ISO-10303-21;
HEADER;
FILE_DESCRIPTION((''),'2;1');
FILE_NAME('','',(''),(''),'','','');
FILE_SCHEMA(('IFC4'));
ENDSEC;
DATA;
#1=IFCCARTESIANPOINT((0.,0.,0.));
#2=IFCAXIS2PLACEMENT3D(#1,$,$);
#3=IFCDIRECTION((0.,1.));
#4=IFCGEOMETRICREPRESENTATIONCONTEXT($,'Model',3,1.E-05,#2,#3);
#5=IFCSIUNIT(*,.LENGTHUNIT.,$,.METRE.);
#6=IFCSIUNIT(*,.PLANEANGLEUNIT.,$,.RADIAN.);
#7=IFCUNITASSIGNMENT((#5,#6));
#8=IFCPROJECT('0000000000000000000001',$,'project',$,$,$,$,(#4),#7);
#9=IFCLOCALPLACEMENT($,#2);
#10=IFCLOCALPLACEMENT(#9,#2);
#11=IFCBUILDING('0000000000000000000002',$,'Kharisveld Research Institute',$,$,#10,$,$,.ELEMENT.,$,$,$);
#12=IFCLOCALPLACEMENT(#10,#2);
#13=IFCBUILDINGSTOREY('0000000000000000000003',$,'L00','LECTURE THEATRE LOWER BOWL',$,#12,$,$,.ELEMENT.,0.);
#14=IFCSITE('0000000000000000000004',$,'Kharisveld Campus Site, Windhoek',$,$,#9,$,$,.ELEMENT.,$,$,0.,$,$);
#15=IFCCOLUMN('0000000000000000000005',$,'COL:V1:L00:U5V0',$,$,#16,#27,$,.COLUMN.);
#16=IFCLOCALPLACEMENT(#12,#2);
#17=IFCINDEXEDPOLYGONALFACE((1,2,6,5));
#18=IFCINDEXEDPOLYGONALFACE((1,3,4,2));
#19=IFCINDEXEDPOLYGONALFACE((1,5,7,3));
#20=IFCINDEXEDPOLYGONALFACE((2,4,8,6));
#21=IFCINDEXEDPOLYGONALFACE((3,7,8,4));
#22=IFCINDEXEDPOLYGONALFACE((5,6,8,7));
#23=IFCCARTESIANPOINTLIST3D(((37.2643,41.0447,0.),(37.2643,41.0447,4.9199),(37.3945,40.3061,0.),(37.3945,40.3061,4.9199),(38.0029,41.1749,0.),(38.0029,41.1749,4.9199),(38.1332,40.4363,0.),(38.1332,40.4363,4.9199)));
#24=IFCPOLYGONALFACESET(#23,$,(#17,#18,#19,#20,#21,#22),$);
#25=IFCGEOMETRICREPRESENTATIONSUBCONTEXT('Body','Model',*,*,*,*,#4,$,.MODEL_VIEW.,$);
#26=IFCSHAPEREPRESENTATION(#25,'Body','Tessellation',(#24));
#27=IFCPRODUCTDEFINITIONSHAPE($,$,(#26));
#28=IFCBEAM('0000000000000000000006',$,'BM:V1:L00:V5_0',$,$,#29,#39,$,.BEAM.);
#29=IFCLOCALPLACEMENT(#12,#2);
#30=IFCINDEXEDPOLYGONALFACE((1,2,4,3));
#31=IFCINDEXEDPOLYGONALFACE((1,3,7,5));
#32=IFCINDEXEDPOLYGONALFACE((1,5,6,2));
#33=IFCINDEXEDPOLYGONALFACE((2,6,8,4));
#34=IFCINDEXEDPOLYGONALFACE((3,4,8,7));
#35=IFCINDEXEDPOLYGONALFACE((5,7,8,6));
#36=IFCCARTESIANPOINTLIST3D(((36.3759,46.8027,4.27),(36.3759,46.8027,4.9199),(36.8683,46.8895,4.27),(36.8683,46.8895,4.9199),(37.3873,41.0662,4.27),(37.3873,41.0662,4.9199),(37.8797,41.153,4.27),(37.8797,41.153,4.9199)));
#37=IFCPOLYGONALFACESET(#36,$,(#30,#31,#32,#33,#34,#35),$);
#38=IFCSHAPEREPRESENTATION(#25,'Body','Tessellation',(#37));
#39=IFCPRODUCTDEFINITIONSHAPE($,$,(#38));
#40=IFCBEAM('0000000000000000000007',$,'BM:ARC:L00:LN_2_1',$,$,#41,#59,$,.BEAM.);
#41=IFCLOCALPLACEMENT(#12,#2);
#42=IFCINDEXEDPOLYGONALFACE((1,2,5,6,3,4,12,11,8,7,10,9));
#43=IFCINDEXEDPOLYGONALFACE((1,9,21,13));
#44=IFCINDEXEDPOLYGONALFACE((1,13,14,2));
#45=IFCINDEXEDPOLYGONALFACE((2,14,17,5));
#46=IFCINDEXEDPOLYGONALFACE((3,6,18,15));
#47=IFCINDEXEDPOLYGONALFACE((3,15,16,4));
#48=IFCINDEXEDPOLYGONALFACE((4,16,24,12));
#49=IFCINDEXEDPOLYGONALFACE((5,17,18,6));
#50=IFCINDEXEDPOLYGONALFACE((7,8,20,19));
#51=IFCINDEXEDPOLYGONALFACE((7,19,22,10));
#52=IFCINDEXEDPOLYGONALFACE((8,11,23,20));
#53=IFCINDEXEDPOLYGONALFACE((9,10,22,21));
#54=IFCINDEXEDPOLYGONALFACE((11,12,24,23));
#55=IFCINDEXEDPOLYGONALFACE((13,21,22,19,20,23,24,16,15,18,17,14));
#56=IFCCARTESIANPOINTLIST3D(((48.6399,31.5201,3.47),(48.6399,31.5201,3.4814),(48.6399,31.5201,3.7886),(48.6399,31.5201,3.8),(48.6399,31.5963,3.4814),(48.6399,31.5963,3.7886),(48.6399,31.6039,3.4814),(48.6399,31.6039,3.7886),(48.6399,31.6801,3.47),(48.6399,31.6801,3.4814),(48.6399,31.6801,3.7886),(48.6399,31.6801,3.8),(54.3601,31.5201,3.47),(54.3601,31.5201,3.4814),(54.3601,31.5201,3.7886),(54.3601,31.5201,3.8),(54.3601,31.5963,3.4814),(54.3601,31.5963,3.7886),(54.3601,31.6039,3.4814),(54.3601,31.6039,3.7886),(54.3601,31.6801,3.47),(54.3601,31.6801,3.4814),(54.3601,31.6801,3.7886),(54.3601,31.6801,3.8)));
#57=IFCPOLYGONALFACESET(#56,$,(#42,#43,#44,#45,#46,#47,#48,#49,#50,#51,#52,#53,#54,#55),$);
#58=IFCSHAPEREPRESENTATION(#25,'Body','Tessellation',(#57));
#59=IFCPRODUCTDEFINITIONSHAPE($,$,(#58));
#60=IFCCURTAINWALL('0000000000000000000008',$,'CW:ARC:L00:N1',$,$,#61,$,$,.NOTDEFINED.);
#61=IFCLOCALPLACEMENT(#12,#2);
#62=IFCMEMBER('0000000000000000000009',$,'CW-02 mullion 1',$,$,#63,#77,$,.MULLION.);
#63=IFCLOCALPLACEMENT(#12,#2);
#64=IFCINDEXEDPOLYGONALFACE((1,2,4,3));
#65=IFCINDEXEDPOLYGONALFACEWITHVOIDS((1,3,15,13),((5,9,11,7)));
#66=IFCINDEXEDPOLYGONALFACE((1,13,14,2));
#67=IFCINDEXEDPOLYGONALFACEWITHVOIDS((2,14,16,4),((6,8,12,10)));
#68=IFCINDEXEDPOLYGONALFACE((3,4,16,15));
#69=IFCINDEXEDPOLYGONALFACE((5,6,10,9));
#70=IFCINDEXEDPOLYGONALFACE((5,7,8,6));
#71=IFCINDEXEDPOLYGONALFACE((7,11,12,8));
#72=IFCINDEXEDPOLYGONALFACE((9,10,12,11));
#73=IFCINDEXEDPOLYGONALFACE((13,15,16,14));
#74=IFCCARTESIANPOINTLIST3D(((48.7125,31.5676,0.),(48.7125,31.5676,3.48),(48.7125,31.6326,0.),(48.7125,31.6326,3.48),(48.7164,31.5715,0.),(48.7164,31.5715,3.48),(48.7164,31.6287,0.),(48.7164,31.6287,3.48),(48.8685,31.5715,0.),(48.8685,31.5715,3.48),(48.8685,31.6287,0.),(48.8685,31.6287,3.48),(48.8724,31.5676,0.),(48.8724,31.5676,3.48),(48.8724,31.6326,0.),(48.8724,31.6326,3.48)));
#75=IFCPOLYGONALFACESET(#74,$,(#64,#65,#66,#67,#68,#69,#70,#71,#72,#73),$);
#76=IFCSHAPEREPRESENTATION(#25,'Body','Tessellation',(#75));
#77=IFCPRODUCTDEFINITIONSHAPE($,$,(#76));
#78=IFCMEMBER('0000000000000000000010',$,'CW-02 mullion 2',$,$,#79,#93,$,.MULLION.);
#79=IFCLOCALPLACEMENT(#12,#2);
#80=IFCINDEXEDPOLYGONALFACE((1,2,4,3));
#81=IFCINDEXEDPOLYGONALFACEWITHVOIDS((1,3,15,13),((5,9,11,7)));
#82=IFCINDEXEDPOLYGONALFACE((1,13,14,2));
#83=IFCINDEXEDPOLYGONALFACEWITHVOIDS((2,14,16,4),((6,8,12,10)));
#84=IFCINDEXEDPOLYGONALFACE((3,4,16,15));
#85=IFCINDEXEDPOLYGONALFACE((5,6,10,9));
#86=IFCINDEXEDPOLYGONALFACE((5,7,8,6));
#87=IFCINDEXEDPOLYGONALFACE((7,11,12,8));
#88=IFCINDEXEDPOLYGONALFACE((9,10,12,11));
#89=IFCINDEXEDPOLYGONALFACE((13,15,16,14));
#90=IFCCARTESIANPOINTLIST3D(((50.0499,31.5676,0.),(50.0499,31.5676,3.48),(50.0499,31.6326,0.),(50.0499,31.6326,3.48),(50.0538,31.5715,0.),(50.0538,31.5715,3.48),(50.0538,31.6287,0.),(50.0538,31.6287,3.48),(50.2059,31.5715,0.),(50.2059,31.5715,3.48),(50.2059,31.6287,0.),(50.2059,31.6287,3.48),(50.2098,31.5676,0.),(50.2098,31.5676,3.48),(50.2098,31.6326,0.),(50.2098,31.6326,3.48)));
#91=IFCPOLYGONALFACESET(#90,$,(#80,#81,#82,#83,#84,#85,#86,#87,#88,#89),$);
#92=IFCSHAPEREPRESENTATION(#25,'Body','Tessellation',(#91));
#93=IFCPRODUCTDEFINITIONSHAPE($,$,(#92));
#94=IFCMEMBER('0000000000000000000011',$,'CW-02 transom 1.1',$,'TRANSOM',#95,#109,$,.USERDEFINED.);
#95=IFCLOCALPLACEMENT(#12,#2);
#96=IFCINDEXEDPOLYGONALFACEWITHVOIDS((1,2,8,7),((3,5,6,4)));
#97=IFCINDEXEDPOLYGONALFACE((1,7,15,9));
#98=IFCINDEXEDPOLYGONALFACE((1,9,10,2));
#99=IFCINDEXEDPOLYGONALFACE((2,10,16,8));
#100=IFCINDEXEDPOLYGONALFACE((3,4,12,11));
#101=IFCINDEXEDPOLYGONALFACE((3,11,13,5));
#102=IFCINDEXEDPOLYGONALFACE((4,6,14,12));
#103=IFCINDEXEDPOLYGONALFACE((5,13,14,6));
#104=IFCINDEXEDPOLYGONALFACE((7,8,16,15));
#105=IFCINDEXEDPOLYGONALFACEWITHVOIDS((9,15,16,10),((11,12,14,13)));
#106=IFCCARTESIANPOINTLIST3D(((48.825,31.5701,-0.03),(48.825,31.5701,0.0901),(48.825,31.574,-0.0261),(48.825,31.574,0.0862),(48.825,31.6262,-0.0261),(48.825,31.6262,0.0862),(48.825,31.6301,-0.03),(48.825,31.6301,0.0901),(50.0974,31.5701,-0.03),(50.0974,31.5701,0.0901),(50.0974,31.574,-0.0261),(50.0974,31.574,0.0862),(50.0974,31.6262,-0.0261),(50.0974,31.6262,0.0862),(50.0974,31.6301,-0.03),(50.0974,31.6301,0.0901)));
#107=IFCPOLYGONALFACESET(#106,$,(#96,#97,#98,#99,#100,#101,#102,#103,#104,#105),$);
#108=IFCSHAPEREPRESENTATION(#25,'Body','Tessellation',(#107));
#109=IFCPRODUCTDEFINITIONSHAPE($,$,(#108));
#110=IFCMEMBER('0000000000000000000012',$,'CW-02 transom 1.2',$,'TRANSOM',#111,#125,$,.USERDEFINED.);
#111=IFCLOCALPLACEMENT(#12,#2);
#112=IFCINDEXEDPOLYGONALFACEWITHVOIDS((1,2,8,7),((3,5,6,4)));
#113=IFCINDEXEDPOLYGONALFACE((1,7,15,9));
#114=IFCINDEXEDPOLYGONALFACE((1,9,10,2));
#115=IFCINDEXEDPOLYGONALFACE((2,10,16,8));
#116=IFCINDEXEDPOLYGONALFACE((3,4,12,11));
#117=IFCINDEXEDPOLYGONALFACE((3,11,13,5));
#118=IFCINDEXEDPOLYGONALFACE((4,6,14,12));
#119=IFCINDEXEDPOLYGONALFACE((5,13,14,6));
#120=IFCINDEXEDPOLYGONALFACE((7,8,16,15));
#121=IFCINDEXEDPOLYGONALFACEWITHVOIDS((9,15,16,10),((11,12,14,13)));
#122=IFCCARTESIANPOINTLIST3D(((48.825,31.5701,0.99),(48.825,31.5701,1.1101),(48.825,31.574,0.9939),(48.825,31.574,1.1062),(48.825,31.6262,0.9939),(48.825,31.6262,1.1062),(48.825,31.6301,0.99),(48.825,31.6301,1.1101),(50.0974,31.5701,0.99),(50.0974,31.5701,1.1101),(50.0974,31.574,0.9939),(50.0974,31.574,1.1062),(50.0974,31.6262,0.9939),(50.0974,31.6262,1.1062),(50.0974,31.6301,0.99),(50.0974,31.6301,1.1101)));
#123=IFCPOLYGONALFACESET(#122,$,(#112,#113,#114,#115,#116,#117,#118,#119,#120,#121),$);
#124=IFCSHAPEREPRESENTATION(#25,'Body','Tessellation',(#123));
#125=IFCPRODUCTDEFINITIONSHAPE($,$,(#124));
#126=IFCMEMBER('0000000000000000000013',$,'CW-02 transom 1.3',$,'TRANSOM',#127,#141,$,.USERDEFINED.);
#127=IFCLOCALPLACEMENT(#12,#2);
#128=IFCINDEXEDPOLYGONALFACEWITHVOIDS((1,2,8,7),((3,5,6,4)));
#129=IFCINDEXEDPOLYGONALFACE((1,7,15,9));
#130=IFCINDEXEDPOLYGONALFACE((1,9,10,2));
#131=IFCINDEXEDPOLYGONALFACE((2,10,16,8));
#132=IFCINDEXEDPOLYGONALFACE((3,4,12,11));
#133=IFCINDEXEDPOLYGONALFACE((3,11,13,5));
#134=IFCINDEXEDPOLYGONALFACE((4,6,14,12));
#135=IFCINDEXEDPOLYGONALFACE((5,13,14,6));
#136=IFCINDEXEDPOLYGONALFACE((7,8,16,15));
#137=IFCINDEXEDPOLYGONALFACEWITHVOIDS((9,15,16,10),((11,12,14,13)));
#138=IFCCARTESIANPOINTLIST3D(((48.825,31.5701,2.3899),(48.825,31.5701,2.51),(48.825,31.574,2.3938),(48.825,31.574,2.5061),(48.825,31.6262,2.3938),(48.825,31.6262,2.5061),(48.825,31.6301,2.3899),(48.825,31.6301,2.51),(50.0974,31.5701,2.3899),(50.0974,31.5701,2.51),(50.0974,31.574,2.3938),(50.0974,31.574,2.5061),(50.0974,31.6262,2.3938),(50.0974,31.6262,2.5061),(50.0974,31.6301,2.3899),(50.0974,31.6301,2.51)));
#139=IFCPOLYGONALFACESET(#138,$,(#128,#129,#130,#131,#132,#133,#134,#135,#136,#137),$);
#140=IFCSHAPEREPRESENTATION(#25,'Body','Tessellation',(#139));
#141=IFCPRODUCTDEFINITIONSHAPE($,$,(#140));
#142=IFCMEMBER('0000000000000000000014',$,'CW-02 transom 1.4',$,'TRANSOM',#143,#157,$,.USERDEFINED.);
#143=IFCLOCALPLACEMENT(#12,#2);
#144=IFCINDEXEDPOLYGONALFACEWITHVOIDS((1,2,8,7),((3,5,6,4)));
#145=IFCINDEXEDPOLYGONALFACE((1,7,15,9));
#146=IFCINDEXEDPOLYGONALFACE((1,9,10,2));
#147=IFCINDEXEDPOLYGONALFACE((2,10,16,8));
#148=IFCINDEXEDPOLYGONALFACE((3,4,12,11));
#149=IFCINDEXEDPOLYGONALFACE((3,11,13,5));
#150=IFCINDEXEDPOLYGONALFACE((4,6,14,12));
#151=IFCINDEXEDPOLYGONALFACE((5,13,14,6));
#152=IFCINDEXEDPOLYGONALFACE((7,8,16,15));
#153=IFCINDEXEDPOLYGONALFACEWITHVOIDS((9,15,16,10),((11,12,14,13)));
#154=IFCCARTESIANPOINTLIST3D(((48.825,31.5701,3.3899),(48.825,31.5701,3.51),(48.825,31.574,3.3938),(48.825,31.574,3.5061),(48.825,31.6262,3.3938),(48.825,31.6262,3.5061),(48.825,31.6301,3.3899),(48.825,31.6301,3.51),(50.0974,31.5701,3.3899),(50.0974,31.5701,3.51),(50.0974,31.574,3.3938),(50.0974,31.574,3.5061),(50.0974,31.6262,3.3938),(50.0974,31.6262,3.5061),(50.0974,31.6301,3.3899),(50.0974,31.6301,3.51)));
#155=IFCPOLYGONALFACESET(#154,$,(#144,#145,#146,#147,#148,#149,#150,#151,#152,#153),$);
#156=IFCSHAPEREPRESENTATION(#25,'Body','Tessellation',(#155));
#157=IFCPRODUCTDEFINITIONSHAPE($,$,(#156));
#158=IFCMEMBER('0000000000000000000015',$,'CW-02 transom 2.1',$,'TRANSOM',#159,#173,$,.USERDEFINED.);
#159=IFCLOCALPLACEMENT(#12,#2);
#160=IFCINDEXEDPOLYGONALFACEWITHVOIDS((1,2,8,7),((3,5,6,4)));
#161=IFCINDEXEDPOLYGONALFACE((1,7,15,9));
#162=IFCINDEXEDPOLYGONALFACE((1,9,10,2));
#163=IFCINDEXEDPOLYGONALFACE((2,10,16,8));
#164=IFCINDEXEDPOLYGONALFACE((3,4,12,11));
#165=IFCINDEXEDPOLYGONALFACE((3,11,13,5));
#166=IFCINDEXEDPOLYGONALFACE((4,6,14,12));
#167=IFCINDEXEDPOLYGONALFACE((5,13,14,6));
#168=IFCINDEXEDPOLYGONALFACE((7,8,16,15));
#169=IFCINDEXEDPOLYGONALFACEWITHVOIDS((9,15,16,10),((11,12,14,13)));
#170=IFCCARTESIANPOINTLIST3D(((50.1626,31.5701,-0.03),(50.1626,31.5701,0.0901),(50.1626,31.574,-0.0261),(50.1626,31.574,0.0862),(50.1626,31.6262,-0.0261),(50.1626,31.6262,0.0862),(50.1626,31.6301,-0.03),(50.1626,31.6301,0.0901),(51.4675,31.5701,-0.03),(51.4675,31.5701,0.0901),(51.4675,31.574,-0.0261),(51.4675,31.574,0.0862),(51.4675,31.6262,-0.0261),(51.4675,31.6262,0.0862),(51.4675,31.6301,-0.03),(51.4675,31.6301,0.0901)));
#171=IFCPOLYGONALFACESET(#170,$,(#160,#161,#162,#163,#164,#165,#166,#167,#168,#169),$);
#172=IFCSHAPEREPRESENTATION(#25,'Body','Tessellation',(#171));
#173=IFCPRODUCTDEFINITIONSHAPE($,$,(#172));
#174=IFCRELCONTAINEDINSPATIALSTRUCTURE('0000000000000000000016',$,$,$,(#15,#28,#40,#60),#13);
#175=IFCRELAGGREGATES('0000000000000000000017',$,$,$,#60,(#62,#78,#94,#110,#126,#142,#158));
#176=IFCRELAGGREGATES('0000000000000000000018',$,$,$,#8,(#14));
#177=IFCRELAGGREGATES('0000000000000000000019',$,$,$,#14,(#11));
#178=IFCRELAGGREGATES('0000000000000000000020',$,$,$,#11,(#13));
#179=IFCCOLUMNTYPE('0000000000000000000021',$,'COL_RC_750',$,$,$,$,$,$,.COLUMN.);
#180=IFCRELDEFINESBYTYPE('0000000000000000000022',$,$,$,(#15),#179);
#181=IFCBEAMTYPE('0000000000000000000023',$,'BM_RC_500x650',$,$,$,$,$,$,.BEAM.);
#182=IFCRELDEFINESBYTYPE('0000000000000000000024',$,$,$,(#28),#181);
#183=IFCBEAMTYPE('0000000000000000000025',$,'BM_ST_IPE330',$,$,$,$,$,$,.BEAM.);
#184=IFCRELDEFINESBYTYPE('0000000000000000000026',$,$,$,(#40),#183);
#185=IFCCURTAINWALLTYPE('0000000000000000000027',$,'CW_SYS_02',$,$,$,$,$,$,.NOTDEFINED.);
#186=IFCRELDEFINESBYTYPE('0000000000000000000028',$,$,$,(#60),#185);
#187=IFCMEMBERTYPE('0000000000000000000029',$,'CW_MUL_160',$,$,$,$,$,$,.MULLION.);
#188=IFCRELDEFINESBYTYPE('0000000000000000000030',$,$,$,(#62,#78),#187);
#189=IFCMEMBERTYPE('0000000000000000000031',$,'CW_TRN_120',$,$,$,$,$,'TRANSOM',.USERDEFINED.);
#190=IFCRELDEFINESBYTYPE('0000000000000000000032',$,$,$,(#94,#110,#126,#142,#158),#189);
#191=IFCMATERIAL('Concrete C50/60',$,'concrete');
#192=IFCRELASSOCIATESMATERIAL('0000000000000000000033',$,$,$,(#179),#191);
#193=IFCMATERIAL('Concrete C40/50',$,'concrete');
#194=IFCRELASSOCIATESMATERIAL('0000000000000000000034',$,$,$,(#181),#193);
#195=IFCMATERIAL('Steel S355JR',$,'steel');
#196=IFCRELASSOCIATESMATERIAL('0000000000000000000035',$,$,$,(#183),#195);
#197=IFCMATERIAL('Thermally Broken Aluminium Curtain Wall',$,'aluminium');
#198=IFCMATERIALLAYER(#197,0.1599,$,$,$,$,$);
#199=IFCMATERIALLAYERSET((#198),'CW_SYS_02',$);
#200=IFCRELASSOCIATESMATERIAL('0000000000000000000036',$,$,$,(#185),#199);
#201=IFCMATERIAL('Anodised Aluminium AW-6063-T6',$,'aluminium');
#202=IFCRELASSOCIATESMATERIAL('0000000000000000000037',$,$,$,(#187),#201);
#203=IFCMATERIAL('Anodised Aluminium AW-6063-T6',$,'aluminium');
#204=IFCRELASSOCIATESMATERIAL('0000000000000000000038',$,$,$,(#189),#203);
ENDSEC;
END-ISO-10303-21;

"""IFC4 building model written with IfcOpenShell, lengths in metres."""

from ifc_helpers import new_model, si_unit, direction, frame, origin, origin_2d, place, context, subcontext, project, spatial, rectangle, hollow_rectangle, i_section, extrude, material, layer, layer_set, material_profile, profile_set, type_object, element, aggregate, save


model = new_model("IFC4")

# Units and contexts
model_context = context("Model", 3, precision=1e-05, world=origin(), true_north=direction((0.0, 1.0)))
body_context = subcontext(model_context, "Body", "Model", "MODEL_VIEW")
ifc_project = project(units=[si_unit("LENGTHUNIT", "METRE"), si_unit("PLANEANGLEUNIT", "RADIAN")], contexts=[model_context])

# Site, building, storey
site_placement = place(None, origin())
site = spatial("IfcSite", under=ifc_project, at=site_placement, Name="Kharisveld Campus Site, Windhoek", CompositionType="ELEMENT", RefElevation=0.0)
building_placement = place(site_placement, origin())
building = spatial("IfcBuilding", under=site, at=building_placement, Name="Kharisveld Research Institute", CompositionType="ELEMENT")
storey_placement = place(building_placement, origin())
storey = spatial("IfcBuildingStorey", under=building, at=storey_placement, Name="L00", Description="LECTURE THEATRE LOWER BOWL", CompositionType="ELEMENT", Elevation=0.0)

# Column
ifc_material_1 = material(Name="Concrete C50/60", Category="concrete")
ifc_material_profile_1 = material_profile(ifc_material_1, rectangle(XDim=0.75, YDim=0.75, at=origin_2d()))
ifc_profile_set_1 = profile_set([ifc_material_profile_1], Name="Concrete C50/60")
column_type = type_object("IfcColumnType", Name="COL_RC_750", PredefinedType="COLUMN", material=ifc_profile_set_1)
column_placement = place(storey_placement, frame((37.6987, 40.7405, 0.0), z_axis=(0.0, 0.0, 1.0), x_axis=(0.984808, 0.173648, 0.0)))
element("IfcColumn", 1, at=column_placement, inside=storey, type_object=column_type, Name="COL:V1:L00:U5V0", PredefinedType="COLUMN", context=body_context, shape_type="SweptSolid", body=[
    extrude(rectangle(XDim=0.75, YDim=0.75, at=origin_2d()), origin(), (0.0, 0.0, 1.0), 4.9199),
])

# Beams
ifc_material_2 = material(Name="Concrete C40/50", Category="concrete")
ifc_material_profile_2 = material_profile(ifc_material_2, rectangle(XDim=0.5, YDim=0.6499, at=origin_2d()))
ifc_profile_set_2 = profile_set([ifc_material_profile_2], Name="Concrete C40/50")
beam_type_1 = type_object("IfcBeamType", Name="BM_RC_500x650", PredefinedType="BEAM", material=ifc_profile_set_2)
beam_1_placement = place(storey_placement, frame((37.6335, 41.1096, 4.595), z_axis=(-0.173642, 0.984809, 0.0), x_axis=(-0.984809, -0.173642, 0.0)))
element("IfcBeam", 2, at=beam_1_placement, inside=storey, type_object=beam_type_1, Name="BM:V1:L00:V5_0", PredefinedType="BEAM", context=body_context, shape_type="SweptSolid", body=[
    extrude(rectangle(XDim=0.5, YDim=0.6499, at=origin_2d()), origin(), (0.0, 0.0, 1.0), 5.825),
])
ifc_material_3 = material(Name="Steel S355JR", Category="steel")
ifc_material_profile_3 = material_profile(ifc_material_3, i_section(OverallWidth=0.1599, OverallDepth=0.3301, WebThickness=0.0076, FlangeThickness=0.0115, at=origin_2d()))
ifc_profile_set_3 = profile_set([ifc_material_profile_3], Name="Steel S355JR")
beam_type_2 = type_object("IfcBeamType", Name="BM_ST_IPE330", PredefinedType="BEAM", material=ifc_profile_set_3)
beam_2_placement = place(storey_placement, frame((48.6399, 31.6001, 3.635), z_axis=(1.0, 0.0, 0.0), x_axis=(0.0, 1.0, 0.0)))
element("IfcBeam", 3, at=beam_2_placement, inside=storey, type_object=beam_type_2, Name="BM:ARC:L00:LN_2_1", PredefinedType="BEAM", context=body_context, shape_type="SweptSolid", body=[
    extrude(i_section(OverallWidth=0.1599, OverallDepth=0.3301, WebThickness=0.0076, FlangeThickness=0.0115, at=origin_2d()), origin(), (0.0, 0.0, 1.0), 5.7202),
])

# Curtain wall, members
ifc_material_4 = material(Name="Thermally Broken Aluminium Curtain Wall", Category="aluminium")
ifc_layer_1 = layer(ifc_material_4, 0.1599)
ifc_layer_set_1 = layer_set([ifc_layer_1], Name="CW_SYS_02")
curtain_wall_type = type_object("IfcCurtainWallType", Name="CW_SYS_02", PredefinedType="NOTDEFINED", material=ifc_layer_set_1)
curtain_wall_placement = place(storey_placement, origin())
curtain_wall = element("IfcCurtainWall", 4, at=curtain_wall_placement, inside=storey, type_object=curtain_wall_type, Name="CW:ARC:L00:N1", PredefinedType="NOTDEFINED")
ifc_material_5 = material(Name="Anodised Aluminium AW-6063-T6", Category="aluminium")
ifc_material_profile_4 = material_profile(ifc_material_5, hollow_rectangle(XDim=0.0649, YDim=0.1599, WallThickness=0.0039, at=origin_2d()))
ifc_profile_set_4 = profile_set([ifc_material_profile_4], Name="Anodised Aluminium AW-6063-T6")
member_type_1 = type_object("IfcMemberType", Name="CW_MUL_160", PredefinedType="MULLION", material=ifc_profile_set_4)
member_1_placement = place(storey_placement, frame((48.7925, 31.6001, 0.0), z_axis=(0.0, 0.0, 1.0), x_axis=(0.0, 1.0, 0.0)))
member_1 = element("IfcMember", 5, at=member_1_placement, type_object=member_type_1, Name="CW-02 mullion 1", PredefinedType="MULLION", context=body_context, shape_type="SweptSolid", body=[
    extrude(hollow_rectangle(XDim=0.0649, YDim=0.1599, WallThickness=0.0039, at=origin_2d()), origin(), (0.0, 0.0, 1.0), 3.48),
])
member_2_placement = place(storey_placement, frame((50.1299, 31.6001, 0.0), z_axis=(0.0, 0.0, 1.0), x_axis=(0.0, 1.0, 0.0)))
member_2 = element("IfcMember", 6, at=member_2_placement, type_object=member_type_1, Name="CW-02 mullion 2", PredefinedType="MULLION", context=body_context, shape_type="SweptSolid", body=[
    extrude(hollow_rectangle(XDim=0.0649, YDim=0.1599, WallThickness=0.0039, at=origin_2d()), origin(), (0.0, 0.0, 1.0), 3.48),
])
ifc_material_6 = material(Name="Anodised Aluminium AW-6063-T6", Category="aluminium")
ifc_material_profile_5 = material_profile(ifc_material_6, hollow_rectangle(XDim=0.0601, YDim=0.1201, WallThickness=0.0039, at=origin_2d()))
ifc_profile_set_5 = profile_set([ifc_material_profile_5], Name="Anodised Aluminium AW-6063-T6")
member_type_2 = type_object("IfcMemberType", Name="CW_TRN_120", ElementType="TRANSOM", PredefinedType="USERDEFINED", material=ifc_profile_set_5)
member_3_placement = place(storey_placement, frame((48.825, 31.6001, 0.03), z_axis=(1.0, 0.0, 0.0), x_axis=(0.0, 1.0, 0.0)))
member_3 = element("IfcMember", 7, at=member_3_placement, type_object=member_type_2, Name="CW-02 transom 1.1", ObjectType="TRANSOM", PredefinedType="USERDEFINED", context=body_context, shape_type="SweptSolid", body=[
    extrude(hollow_rectangle(XDim=0.0601, YDim=0.1201, WallThickness=0.0039, at=origin_2d()), origin(), (0.0, 0.0, 1.0), 1.2725),
])
member_4_placement = place(storey_placement, frame((48.825, 31.6001, 1.05), z_axis=(1.0, 0.0, 0.0), x_axis=(0.0, 1.0, 0.0)))
member_4 = element("IfcMember", 8, at=member_4_placement, type_object=member_type_2, Name="CW-02 transom 1.2", ObjectType="TRANSOM", PredefinedType="USERDEFINED", context=body_context, shape_type="SweptSolid", body=[
    extrude(hollow_rectangle(XDim=0.0601, YDim=0.1201, WallThickness=0.0039, at=origin_2d()), origin(), (0.0, 0.0, 1.0), 1.2725),
])
member_5_placement = place(storey_placement, frame((48.825, 31.6001, 2.45), z_axis=(1.0, 0.0, 0.0), x_axis=(0.0, 1.0, 0.0)))
member_5 = element("IfcMember", 9, at=member_5_placement, type_object=member_type_2, Name="CW-02 transom 1.3", ObjectType="TRANSOM", PredefinedType="USERDEFINED", context=body_context, shape_type="SweptSolid", body=[
    extrude(hollow_rectangle(XDim=0.0601, YDim=0.1201, WallThickness=0.0039, at=origin_2d()), origin(), (0.0, 0.0, 1.0), 1.2725),
])
member_6_placement = place(storey_placement, frame((48.825, 31.6001, 3.45), z_axis=(1.0, 0.0, 0.0), x_axis=(0.0, 1.0, 0.0)))
member_6 = element("IfcMember", 10, at=member_6_placement, type_object=member_type_2, Name="CW-02 transom 1.4", ObjectType="TRANSOM", PredefinedType="USERDEFINED", context=body_context, shape_type="SweptSolid", body=[
    extrude(hollow_rectangle(XDim=0.0601, YDim=0.1201, WallThickness=0.0039, at=origin_2d()), origin(), (0.0, 0.0, 1.0), 1.2725),
])
member_7_placement = place(storey_placement, frame((50.1626, 31.6001, 0.03), z_axis=(1.0, 0.0, 0.0), x_axis=(0.0, 1.0, 0.0)))
member_7 = element("IfcMember", 11, at=member_7_placement, type_object=member_type_2, Name="CW-02 transom 2.1", ObjectType="TRANSOM", PredefinedType="USERDEFINED", context=body_context, shape_type="SweptSolid", body=[
    extrude(hollow_rectangle(XDim=0.0601, YDim=0.1201, WallThickness=0.0039, at=origin_2d()), origin(), (0.0, 0.0, 1.0), 1.3049),
])

aggregate(curtain_wall, [member_1, member_2, member_3, member_4, member_5, member_6, member_7])

save(model, "model.ifc")
